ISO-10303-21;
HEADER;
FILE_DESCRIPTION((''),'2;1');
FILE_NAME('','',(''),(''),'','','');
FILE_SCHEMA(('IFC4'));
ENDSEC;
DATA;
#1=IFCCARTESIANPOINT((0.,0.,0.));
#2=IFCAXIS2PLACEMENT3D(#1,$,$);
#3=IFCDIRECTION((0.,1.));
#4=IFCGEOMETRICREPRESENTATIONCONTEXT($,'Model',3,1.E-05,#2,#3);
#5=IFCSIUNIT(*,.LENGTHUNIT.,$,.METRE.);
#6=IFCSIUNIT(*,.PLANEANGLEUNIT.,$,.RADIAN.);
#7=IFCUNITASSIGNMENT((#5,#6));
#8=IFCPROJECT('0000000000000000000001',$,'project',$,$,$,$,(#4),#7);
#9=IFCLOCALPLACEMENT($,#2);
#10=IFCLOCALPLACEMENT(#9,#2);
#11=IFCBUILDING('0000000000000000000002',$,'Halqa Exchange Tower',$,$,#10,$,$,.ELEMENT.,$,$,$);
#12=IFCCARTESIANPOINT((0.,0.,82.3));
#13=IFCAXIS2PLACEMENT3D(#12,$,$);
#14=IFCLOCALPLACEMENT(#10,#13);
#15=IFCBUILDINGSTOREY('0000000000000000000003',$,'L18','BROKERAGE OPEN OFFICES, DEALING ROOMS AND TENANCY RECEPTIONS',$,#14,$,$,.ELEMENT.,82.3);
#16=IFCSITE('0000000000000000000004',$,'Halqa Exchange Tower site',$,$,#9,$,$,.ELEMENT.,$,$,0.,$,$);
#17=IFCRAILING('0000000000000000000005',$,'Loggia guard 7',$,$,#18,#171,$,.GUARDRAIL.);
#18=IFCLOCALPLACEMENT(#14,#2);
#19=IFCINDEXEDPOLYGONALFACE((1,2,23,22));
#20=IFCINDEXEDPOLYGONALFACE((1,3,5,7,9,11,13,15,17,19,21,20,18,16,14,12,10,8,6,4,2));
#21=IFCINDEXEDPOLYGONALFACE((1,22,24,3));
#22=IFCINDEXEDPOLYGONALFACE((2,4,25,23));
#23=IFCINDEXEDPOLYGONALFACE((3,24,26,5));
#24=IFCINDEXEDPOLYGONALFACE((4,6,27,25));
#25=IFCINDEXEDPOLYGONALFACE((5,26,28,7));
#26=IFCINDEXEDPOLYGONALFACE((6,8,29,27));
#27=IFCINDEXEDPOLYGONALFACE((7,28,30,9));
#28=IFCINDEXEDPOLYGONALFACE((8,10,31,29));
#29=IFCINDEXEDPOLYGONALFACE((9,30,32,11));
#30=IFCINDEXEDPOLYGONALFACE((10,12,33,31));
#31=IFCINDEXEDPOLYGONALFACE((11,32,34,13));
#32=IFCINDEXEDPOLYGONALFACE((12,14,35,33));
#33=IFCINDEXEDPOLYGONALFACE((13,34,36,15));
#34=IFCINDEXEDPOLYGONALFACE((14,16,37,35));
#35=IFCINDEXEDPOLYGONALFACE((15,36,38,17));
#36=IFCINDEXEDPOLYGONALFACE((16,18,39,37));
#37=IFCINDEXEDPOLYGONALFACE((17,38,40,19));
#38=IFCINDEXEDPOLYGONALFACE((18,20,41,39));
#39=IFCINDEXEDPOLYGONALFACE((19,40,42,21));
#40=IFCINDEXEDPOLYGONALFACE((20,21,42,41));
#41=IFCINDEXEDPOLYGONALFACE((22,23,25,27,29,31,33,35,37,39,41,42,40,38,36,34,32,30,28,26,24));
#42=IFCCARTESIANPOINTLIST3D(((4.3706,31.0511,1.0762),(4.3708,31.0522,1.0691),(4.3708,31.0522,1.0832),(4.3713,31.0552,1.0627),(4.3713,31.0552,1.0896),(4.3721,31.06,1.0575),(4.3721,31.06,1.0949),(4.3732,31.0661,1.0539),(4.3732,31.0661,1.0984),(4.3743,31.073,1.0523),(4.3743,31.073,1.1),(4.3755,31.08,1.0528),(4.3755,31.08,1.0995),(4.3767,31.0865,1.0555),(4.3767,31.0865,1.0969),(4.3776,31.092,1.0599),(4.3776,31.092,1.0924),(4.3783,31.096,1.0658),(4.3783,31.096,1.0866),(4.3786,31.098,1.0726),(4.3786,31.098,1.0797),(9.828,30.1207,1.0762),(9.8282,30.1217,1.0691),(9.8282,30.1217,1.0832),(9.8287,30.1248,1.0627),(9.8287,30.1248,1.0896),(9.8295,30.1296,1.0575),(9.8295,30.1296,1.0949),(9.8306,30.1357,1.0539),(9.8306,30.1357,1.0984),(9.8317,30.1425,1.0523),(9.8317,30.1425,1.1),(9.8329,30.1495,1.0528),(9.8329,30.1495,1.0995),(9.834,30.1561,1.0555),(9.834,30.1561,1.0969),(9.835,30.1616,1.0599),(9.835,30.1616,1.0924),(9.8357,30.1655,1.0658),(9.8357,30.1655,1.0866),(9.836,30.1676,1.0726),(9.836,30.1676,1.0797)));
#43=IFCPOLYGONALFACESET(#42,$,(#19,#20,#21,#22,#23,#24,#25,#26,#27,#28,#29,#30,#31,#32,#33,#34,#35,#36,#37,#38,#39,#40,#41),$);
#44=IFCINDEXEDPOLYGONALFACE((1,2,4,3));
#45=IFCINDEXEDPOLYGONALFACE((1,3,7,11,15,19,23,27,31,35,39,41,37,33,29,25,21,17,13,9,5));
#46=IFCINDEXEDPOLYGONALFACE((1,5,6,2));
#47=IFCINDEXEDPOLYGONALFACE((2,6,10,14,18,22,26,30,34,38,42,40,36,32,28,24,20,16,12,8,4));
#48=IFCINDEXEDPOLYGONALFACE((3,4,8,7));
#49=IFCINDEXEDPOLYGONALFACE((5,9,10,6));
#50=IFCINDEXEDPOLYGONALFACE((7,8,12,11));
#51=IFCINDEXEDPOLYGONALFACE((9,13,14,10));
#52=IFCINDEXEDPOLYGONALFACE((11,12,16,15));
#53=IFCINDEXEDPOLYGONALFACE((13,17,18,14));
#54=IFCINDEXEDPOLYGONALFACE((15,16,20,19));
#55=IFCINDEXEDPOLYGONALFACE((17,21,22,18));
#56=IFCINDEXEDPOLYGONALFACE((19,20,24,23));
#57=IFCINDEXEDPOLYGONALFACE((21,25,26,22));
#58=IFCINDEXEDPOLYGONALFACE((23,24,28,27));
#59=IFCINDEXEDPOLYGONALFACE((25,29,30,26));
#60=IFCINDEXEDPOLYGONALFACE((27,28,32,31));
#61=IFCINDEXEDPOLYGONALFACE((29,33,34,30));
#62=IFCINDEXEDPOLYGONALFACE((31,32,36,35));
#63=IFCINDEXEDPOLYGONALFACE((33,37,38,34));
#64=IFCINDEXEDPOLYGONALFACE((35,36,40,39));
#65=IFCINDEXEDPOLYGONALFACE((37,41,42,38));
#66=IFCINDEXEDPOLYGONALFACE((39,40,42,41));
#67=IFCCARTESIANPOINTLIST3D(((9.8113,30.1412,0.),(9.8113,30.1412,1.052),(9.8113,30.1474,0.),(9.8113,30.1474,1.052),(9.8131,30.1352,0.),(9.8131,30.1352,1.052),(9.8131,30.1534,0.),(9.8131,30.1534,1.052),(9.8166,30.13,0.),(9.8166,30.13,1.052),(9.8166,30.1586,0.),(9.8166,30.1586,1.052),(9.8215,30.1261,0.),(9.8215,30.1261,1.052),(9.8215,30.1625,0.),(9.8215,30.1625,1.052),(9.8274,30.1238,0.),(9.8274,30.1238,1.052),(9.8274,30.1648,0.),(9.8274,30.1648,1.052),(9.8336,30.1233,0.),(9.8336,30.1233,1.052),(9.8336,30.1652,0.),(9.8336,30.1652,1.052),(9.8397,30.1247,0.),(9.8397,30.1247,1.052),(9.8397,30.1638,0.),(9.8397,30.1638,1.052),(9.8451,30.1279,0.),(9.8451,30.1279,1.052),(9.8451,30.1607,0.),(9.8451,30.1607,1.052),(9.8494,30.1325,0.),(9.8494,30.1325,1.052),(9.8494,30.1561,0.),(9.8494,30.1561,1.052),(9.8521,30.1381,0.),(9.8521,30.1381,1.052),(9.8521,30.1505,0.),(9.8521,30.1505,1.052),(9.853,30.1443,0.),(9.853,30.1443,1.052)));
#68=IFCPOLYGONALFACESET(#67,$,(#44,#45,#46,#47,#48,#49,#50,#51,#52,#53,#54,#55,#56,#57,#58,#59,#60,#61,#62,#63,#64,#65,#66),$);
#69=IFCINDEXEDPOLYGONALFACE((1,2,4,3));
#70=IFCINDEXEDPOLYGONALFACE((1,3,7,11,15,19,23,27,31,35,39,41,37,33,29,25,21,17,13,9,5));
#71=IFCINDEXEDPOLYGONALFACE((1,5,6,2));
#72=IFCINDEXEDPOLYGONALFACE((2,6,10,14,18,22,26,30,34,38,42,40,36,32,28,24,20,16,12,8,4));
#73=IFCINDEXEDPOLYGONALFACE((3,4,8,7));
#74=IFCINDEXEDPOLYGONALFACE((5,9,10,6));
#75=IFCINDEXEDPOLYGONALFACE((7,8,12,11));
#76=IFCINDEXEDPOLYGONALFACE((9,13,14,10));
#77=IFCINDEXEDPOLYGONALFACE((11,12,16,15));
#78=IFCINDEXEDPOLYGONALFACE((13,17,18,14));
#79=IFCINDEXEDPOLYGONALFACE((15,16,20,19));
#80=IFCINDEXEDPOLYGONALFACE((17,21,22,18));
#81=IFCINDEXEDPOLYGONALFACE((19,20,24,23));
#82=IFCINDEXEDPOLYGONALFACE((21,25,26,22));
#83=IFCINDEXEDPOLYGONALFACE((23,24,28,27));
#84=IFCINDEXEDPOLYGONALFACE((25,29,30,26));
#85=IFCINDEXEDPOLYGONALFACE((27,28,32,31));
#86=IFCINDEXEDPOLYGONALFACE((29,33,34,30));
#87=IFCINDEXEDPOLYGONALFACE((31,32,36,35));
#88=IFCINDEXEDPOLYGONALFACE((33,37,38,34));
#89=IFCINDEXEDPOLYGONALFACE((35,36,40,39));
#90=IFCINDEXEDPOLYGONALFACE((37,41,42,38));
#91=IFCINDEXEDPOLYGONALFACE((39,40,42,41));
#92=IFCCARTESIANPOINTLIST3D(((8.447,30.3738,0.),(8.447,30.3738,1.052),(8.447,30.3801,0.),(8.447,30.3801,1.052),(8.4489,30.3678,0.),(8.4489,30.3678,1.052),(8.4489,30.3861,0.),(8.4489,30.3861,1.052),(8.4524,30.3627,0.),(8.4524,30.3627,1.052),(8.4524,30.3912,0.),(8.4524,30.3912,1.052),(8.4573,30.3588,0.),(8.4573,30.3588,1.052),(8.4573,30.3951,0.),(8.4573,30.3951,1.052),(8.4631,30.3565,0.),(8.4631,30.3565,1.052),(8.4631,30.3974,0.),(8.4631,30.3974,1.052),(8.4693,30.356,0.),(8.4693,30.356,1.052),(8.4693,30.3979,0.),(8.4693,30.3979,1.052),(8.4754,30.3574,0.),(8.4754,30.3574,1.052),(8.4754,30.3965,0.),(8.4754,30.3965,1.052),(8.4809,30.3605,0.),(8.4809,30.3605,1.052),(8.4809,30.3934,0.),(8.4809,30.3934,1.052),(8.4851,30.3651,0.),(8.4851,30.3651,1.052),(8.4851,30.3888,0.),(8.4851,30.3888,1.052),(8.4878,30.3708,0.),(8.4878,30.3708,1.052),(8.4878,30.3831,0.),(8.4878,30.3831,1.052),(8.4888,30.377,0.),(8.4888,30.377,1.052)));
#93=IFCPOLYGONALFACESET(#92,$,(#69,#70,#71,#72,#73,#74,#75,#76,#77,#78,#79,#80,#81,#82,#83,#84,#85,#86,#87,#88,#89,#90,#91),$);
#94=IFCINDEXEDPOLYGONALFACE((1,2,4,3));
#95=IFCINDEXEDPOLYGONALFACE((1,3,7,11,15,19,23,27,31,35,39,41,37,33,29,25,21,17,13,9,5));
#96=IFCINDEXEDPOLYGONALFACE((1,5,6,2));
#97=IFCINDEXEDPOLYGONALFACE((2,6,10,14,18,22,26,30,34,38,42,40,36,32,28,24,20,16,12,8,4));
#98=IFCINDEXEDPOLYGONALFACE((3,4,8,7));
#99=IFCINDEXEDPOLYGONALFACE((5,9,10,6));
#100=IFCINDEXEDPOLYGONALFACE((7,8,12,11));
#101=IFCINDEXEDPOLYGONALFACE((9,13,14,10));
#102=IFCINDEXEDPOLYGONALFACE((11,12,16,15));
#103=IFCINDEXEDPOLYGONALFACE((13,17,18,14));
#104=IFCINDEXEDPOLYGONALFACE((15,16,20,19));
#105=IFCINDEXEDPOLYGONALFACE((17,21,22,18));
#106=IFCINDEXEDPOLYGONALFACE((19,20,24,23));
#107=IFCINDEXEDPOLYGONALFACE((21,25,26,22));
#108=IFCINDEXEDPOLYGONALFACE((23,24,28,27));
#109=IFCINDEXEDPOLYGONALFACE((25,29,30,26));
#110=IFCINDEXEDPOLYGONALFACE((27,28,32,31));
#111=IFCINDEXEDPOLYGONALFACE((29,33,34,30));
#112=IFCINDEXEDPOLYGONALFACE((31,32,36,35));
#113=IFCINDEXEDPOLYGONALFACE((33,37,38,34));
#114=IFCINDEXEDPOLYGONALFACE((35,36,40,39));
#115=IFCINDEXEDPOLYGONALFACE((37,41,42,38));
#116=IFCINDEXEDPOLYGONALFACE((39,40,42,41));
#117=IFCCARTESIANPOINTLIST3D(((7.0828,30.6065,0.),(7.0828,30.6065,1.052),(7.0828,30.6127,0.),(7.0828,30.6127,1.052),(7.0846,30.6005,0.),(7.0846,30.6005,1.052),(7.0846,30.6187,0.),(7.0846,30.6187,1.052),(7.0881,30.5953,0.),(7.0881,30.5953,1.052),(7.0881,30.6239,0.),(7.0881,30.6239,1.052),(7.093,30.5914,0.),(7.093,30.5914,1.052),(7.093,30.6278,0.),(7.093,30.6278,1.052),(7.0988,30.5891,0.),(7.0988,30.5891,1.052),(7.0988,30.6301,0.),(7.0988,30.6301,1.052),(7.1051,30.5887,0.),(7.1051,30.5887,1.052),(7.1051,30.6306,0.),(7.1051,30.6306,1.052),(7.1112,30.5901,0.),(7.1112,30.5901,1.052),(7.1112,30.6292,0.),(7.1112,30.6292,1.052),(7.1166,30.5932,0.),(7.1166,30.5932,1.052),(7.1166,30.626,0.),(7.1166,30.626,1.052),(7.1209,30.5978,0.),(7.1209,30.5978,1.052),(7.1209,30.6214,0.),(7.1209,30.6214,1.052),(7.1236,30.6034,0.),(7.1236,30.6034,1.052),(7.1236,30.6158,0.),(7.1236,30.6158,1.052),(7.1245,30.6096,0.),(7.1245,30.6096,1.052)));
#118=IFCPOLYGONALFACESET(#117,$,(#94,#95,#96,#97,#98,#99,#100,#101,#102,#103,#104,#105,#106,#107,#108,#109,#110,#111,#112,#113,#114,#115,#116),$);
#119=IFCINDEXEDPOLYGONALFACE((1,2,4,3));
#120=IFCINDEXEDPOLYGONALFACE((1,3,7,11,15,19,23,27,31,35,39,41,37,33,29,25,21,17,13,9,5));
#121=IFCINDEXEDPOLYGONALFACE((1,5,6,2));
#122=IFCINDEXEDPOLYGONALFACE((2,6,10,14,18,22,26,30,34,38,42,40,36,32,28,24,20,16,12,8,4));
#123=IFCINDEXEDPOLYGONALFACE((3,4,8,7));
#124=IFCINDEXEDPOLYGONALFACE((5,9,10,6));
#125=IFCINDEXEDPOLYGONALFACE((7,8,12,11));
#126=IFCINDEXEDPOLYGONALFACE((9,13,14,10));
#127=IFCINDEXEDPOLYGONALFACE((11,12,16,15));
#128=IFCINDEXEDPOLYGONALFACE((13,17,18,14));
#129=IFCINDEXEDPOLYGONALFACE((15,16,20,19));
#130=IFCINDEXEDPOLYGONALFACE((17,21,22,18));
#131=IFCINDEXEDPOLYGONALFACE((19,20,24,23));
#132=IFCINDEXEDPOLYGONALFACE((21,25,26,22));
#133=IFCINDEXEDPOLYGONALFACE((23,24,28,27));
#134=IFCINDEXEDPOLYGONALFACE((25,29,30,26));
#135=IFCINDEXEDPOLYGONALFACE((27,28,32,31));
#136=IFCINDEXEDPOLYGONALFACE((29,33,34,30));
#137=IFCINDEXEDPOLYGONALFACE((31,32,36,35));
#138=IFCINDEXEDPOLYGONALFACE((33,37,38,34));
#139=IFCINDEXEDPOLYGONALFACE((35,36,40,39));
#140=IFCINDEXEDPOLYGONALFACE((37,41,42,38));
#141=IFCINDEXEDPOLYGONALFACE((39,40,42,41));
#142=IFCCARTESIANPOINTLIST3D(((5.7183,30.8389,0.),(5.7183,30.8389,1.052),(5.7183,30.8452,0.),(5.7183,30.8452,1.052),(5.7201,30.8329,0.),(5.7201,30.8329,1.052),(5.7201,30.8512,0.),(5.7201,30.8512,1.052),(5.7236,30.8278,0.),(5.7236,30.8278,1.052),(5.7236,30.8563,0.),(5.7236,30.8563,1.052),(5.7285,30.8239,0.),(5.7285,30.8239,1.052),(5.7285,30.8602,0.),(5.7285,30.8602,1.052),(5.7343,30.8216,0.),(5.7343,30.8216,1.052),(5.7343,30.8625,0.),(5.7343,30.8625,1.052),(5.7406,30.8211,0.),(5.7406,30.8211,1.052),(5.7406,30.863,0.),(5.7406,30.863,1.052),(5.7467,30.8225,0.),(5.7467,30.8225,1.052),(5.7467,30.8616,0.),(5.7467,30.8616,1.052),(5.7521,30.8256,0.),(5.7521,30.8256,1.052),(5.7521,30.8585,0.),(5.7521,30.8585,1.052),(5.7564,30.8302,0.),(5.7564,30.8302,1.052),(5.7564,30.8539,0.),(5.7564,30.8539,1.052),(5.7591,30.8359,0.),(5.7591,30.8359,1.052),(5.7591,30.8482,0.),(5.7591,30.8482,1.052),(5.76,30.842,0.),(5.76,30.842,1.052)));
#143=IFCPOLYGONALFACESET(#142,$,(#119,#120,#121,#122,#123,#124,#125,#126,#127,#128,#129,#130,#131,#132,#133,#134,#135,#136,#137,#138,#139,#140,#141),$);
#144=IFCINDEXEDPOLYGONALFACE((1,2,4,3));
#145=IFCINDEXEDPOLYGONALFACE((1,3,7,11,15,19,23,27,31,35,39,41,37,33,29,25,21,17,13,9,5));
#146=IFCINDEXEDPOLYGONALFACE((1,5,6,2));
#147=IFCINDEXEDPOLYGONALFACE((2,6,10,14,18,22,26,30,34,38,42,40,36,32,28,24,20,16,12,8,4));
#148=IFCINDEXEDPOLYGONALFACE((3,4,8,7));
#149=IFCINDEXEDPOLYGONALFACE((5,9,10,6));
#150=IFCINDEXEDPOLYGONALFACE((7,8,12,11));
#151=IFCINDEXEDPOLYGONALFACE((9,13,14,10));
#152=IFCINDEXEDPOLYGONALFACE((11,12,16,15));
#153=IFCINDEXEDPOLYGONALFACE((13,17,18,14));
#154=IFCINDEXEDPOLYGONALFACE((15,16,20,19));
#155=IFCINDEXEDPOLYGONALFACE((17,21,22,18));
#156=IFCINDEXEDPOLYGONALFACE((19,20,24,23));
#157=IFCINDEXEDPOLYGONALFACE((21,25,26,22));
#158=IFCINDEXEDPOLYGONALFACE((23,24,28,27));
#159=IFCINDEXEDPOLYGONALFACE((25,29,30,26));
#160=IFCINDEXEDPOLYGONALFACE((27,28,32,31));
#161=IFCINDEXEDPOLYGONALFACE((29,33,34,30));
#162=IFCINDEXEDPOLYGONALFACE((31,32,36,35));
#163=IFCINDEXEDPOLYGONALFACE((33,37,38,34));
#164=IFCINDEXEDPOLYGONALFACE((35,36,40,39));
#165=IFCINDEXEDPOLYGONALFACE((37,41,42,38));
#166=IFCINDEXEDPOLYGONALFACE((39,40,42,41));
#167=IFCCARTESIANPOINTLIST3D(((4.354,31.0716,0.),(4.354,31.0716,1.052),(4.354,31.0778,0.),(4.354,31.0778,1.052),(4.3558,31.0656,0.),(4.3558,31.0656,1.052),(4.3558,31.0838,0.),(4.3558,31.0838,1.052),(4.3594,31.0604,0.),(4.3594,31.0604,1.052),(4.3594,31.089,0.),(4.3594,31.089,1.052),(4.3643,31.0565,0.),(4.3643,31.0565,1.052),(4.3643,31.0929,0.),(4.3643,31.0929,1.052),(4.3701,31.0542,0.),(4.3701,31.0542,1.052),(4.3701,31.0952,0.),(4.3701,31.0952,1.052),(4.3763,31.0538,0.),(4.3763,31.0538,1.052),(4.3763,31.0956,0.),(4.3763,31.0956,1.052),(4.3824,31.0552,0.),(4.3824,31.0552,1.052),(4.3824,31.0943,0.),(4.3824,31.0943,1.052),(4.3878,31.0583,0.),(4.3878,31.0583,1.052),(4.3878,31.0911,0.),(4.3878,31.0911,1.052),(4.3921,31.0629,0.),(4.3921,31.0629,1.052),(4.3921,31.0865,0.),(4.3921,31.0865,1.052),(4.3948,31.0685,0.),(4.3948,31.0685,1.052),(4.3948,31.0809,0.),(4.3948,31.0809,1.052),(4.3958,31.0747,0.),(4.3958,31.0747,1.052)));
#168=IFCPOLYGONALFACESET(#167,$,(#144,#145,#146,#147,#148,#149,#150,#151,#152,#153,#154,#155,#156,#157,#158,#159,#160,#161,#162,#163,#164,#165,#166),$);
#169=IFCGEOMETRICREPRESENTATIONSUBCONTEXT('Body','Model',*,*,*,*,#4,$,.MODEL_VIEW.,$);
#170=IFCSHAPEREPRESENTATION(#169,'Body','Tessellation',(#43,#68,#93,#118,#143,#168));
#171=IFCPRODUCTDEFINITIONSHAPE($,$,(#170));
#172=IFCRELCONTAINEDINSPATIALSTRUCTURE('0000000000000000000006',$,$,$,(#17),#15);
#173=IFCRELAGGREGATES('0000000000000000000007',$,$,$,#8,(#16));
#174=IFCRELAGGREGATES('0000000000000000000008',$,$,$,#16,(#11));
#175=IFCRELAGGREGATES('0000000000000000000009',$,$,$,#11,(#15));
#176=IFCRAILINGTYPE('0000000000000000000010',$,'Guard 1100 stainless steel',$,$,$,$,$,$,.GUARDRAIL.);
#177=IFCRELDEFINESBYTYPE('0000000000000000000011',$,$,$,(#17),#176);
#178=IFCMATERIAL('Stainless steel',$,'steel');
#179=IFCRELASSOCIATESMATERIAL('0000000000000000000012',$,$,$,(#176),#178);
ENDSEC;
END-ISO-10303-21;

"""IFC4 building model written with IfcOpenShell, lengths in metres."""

from ifc_helpers import new_model, si_unit, direction, frame, origin, origin_2d, place, context, subcontext, project, spatial, circle, extrude, material, type_object, element, save


model = new_model("IFC4")

# Units and contexts
model_context = context("Model", 3, precision=1e-05, world=origin(), true_north=direction((0.0, 1.0)))
body_context = subcontext(model_context, "Body", "Model", "MODEL_VIEW")
ifc_project = project(units=[si_unit("LENGTHUNIT", "METRE"), si_unit("PLANEANGLEUNIT", "RADIAN")], contexts=[model_context])

# Site, building, storey
site_placement = place(None, origin())
site = spatial("IfcSite", under=ifc_project, at=site_placement, Name="Halqa Exchange Tower site", CompositionType="ELEMENT", RefElevation=0.0)
building_placement = place(site_placement, origin())
building = spatial("IfcBuilding", under=site, at=building_placement, Name="Halqa Exchange Tower", CompositionType="ELEMENT")
storey_placement = place(building_placement, frame((0.0, 0.0, 82.3)))
storey = spatial("IfcBuildingStorey", under=building, at=storey_placement, Name="L18", Description="BROKERAGE OPEN OFFICES, DEALING ROOMS AND TENANCY RECEPTIONS", CompositionType="ELEMENT", Elevation=82.3)

# Railing
ifc_material_1 = material(Name="Stainless steel", Category="steel")
railing_type_1 = type_object("IfcRailingType", Name="Guard 1100 stainless steel", PredefinedType="GUARDRAIL", material=ifc_material_1)
railing_1_placement = place(storey_placement, frame((9.832, 30.1443, 0.0)))
element("IfcRailing", 1, at=railing_1_placement, inside=storey, type_object=railing_type_1, Name="Loggia guard 7", PredefinedType="GUARDRAIL", context=body_context, shape_type="SweptSolid", body=[
    extrude(circle(Radius=0.0239, at=origin_2d()), frame((0.0, 0.0, 1.0762), z_axis=(-0.985776, 0.168067, 0.0), x_axis=(-0.168067, -0.985776, 0.0)), (0.0, 0.0, 1.0), 5.5361),
    extrude(circle(Radius=0.021, at=origin_2d()), origin(), (0.0, 0.0, 1.0), 1.052),
    extrude(circle(Radius=0.021, at=origin_2d()), frame((-1.3643, 0.2327, 0.0)), (0.0, 0.0, 1.0), 1.052),
    extrude(circle(Radius=0.021, at=origin_2d()), frame((-2.7285, 0.4653, 0.0)), (0.0, 0.0, 1.0), 1.052),
    extrude(circle(Radius=0.021, at=origin_2d()), frame((-4.093, 0.6978, 0.0)), (0.0, 0.0, 1.0), 1.052),
    extrude(circle(Radius=0.021, at=origin_2d()), frame((-5.4573, 0.9304, 0.0)), (0.0, 0.0, 1.0), 1.052),
])

save(model, "model.ifc")
